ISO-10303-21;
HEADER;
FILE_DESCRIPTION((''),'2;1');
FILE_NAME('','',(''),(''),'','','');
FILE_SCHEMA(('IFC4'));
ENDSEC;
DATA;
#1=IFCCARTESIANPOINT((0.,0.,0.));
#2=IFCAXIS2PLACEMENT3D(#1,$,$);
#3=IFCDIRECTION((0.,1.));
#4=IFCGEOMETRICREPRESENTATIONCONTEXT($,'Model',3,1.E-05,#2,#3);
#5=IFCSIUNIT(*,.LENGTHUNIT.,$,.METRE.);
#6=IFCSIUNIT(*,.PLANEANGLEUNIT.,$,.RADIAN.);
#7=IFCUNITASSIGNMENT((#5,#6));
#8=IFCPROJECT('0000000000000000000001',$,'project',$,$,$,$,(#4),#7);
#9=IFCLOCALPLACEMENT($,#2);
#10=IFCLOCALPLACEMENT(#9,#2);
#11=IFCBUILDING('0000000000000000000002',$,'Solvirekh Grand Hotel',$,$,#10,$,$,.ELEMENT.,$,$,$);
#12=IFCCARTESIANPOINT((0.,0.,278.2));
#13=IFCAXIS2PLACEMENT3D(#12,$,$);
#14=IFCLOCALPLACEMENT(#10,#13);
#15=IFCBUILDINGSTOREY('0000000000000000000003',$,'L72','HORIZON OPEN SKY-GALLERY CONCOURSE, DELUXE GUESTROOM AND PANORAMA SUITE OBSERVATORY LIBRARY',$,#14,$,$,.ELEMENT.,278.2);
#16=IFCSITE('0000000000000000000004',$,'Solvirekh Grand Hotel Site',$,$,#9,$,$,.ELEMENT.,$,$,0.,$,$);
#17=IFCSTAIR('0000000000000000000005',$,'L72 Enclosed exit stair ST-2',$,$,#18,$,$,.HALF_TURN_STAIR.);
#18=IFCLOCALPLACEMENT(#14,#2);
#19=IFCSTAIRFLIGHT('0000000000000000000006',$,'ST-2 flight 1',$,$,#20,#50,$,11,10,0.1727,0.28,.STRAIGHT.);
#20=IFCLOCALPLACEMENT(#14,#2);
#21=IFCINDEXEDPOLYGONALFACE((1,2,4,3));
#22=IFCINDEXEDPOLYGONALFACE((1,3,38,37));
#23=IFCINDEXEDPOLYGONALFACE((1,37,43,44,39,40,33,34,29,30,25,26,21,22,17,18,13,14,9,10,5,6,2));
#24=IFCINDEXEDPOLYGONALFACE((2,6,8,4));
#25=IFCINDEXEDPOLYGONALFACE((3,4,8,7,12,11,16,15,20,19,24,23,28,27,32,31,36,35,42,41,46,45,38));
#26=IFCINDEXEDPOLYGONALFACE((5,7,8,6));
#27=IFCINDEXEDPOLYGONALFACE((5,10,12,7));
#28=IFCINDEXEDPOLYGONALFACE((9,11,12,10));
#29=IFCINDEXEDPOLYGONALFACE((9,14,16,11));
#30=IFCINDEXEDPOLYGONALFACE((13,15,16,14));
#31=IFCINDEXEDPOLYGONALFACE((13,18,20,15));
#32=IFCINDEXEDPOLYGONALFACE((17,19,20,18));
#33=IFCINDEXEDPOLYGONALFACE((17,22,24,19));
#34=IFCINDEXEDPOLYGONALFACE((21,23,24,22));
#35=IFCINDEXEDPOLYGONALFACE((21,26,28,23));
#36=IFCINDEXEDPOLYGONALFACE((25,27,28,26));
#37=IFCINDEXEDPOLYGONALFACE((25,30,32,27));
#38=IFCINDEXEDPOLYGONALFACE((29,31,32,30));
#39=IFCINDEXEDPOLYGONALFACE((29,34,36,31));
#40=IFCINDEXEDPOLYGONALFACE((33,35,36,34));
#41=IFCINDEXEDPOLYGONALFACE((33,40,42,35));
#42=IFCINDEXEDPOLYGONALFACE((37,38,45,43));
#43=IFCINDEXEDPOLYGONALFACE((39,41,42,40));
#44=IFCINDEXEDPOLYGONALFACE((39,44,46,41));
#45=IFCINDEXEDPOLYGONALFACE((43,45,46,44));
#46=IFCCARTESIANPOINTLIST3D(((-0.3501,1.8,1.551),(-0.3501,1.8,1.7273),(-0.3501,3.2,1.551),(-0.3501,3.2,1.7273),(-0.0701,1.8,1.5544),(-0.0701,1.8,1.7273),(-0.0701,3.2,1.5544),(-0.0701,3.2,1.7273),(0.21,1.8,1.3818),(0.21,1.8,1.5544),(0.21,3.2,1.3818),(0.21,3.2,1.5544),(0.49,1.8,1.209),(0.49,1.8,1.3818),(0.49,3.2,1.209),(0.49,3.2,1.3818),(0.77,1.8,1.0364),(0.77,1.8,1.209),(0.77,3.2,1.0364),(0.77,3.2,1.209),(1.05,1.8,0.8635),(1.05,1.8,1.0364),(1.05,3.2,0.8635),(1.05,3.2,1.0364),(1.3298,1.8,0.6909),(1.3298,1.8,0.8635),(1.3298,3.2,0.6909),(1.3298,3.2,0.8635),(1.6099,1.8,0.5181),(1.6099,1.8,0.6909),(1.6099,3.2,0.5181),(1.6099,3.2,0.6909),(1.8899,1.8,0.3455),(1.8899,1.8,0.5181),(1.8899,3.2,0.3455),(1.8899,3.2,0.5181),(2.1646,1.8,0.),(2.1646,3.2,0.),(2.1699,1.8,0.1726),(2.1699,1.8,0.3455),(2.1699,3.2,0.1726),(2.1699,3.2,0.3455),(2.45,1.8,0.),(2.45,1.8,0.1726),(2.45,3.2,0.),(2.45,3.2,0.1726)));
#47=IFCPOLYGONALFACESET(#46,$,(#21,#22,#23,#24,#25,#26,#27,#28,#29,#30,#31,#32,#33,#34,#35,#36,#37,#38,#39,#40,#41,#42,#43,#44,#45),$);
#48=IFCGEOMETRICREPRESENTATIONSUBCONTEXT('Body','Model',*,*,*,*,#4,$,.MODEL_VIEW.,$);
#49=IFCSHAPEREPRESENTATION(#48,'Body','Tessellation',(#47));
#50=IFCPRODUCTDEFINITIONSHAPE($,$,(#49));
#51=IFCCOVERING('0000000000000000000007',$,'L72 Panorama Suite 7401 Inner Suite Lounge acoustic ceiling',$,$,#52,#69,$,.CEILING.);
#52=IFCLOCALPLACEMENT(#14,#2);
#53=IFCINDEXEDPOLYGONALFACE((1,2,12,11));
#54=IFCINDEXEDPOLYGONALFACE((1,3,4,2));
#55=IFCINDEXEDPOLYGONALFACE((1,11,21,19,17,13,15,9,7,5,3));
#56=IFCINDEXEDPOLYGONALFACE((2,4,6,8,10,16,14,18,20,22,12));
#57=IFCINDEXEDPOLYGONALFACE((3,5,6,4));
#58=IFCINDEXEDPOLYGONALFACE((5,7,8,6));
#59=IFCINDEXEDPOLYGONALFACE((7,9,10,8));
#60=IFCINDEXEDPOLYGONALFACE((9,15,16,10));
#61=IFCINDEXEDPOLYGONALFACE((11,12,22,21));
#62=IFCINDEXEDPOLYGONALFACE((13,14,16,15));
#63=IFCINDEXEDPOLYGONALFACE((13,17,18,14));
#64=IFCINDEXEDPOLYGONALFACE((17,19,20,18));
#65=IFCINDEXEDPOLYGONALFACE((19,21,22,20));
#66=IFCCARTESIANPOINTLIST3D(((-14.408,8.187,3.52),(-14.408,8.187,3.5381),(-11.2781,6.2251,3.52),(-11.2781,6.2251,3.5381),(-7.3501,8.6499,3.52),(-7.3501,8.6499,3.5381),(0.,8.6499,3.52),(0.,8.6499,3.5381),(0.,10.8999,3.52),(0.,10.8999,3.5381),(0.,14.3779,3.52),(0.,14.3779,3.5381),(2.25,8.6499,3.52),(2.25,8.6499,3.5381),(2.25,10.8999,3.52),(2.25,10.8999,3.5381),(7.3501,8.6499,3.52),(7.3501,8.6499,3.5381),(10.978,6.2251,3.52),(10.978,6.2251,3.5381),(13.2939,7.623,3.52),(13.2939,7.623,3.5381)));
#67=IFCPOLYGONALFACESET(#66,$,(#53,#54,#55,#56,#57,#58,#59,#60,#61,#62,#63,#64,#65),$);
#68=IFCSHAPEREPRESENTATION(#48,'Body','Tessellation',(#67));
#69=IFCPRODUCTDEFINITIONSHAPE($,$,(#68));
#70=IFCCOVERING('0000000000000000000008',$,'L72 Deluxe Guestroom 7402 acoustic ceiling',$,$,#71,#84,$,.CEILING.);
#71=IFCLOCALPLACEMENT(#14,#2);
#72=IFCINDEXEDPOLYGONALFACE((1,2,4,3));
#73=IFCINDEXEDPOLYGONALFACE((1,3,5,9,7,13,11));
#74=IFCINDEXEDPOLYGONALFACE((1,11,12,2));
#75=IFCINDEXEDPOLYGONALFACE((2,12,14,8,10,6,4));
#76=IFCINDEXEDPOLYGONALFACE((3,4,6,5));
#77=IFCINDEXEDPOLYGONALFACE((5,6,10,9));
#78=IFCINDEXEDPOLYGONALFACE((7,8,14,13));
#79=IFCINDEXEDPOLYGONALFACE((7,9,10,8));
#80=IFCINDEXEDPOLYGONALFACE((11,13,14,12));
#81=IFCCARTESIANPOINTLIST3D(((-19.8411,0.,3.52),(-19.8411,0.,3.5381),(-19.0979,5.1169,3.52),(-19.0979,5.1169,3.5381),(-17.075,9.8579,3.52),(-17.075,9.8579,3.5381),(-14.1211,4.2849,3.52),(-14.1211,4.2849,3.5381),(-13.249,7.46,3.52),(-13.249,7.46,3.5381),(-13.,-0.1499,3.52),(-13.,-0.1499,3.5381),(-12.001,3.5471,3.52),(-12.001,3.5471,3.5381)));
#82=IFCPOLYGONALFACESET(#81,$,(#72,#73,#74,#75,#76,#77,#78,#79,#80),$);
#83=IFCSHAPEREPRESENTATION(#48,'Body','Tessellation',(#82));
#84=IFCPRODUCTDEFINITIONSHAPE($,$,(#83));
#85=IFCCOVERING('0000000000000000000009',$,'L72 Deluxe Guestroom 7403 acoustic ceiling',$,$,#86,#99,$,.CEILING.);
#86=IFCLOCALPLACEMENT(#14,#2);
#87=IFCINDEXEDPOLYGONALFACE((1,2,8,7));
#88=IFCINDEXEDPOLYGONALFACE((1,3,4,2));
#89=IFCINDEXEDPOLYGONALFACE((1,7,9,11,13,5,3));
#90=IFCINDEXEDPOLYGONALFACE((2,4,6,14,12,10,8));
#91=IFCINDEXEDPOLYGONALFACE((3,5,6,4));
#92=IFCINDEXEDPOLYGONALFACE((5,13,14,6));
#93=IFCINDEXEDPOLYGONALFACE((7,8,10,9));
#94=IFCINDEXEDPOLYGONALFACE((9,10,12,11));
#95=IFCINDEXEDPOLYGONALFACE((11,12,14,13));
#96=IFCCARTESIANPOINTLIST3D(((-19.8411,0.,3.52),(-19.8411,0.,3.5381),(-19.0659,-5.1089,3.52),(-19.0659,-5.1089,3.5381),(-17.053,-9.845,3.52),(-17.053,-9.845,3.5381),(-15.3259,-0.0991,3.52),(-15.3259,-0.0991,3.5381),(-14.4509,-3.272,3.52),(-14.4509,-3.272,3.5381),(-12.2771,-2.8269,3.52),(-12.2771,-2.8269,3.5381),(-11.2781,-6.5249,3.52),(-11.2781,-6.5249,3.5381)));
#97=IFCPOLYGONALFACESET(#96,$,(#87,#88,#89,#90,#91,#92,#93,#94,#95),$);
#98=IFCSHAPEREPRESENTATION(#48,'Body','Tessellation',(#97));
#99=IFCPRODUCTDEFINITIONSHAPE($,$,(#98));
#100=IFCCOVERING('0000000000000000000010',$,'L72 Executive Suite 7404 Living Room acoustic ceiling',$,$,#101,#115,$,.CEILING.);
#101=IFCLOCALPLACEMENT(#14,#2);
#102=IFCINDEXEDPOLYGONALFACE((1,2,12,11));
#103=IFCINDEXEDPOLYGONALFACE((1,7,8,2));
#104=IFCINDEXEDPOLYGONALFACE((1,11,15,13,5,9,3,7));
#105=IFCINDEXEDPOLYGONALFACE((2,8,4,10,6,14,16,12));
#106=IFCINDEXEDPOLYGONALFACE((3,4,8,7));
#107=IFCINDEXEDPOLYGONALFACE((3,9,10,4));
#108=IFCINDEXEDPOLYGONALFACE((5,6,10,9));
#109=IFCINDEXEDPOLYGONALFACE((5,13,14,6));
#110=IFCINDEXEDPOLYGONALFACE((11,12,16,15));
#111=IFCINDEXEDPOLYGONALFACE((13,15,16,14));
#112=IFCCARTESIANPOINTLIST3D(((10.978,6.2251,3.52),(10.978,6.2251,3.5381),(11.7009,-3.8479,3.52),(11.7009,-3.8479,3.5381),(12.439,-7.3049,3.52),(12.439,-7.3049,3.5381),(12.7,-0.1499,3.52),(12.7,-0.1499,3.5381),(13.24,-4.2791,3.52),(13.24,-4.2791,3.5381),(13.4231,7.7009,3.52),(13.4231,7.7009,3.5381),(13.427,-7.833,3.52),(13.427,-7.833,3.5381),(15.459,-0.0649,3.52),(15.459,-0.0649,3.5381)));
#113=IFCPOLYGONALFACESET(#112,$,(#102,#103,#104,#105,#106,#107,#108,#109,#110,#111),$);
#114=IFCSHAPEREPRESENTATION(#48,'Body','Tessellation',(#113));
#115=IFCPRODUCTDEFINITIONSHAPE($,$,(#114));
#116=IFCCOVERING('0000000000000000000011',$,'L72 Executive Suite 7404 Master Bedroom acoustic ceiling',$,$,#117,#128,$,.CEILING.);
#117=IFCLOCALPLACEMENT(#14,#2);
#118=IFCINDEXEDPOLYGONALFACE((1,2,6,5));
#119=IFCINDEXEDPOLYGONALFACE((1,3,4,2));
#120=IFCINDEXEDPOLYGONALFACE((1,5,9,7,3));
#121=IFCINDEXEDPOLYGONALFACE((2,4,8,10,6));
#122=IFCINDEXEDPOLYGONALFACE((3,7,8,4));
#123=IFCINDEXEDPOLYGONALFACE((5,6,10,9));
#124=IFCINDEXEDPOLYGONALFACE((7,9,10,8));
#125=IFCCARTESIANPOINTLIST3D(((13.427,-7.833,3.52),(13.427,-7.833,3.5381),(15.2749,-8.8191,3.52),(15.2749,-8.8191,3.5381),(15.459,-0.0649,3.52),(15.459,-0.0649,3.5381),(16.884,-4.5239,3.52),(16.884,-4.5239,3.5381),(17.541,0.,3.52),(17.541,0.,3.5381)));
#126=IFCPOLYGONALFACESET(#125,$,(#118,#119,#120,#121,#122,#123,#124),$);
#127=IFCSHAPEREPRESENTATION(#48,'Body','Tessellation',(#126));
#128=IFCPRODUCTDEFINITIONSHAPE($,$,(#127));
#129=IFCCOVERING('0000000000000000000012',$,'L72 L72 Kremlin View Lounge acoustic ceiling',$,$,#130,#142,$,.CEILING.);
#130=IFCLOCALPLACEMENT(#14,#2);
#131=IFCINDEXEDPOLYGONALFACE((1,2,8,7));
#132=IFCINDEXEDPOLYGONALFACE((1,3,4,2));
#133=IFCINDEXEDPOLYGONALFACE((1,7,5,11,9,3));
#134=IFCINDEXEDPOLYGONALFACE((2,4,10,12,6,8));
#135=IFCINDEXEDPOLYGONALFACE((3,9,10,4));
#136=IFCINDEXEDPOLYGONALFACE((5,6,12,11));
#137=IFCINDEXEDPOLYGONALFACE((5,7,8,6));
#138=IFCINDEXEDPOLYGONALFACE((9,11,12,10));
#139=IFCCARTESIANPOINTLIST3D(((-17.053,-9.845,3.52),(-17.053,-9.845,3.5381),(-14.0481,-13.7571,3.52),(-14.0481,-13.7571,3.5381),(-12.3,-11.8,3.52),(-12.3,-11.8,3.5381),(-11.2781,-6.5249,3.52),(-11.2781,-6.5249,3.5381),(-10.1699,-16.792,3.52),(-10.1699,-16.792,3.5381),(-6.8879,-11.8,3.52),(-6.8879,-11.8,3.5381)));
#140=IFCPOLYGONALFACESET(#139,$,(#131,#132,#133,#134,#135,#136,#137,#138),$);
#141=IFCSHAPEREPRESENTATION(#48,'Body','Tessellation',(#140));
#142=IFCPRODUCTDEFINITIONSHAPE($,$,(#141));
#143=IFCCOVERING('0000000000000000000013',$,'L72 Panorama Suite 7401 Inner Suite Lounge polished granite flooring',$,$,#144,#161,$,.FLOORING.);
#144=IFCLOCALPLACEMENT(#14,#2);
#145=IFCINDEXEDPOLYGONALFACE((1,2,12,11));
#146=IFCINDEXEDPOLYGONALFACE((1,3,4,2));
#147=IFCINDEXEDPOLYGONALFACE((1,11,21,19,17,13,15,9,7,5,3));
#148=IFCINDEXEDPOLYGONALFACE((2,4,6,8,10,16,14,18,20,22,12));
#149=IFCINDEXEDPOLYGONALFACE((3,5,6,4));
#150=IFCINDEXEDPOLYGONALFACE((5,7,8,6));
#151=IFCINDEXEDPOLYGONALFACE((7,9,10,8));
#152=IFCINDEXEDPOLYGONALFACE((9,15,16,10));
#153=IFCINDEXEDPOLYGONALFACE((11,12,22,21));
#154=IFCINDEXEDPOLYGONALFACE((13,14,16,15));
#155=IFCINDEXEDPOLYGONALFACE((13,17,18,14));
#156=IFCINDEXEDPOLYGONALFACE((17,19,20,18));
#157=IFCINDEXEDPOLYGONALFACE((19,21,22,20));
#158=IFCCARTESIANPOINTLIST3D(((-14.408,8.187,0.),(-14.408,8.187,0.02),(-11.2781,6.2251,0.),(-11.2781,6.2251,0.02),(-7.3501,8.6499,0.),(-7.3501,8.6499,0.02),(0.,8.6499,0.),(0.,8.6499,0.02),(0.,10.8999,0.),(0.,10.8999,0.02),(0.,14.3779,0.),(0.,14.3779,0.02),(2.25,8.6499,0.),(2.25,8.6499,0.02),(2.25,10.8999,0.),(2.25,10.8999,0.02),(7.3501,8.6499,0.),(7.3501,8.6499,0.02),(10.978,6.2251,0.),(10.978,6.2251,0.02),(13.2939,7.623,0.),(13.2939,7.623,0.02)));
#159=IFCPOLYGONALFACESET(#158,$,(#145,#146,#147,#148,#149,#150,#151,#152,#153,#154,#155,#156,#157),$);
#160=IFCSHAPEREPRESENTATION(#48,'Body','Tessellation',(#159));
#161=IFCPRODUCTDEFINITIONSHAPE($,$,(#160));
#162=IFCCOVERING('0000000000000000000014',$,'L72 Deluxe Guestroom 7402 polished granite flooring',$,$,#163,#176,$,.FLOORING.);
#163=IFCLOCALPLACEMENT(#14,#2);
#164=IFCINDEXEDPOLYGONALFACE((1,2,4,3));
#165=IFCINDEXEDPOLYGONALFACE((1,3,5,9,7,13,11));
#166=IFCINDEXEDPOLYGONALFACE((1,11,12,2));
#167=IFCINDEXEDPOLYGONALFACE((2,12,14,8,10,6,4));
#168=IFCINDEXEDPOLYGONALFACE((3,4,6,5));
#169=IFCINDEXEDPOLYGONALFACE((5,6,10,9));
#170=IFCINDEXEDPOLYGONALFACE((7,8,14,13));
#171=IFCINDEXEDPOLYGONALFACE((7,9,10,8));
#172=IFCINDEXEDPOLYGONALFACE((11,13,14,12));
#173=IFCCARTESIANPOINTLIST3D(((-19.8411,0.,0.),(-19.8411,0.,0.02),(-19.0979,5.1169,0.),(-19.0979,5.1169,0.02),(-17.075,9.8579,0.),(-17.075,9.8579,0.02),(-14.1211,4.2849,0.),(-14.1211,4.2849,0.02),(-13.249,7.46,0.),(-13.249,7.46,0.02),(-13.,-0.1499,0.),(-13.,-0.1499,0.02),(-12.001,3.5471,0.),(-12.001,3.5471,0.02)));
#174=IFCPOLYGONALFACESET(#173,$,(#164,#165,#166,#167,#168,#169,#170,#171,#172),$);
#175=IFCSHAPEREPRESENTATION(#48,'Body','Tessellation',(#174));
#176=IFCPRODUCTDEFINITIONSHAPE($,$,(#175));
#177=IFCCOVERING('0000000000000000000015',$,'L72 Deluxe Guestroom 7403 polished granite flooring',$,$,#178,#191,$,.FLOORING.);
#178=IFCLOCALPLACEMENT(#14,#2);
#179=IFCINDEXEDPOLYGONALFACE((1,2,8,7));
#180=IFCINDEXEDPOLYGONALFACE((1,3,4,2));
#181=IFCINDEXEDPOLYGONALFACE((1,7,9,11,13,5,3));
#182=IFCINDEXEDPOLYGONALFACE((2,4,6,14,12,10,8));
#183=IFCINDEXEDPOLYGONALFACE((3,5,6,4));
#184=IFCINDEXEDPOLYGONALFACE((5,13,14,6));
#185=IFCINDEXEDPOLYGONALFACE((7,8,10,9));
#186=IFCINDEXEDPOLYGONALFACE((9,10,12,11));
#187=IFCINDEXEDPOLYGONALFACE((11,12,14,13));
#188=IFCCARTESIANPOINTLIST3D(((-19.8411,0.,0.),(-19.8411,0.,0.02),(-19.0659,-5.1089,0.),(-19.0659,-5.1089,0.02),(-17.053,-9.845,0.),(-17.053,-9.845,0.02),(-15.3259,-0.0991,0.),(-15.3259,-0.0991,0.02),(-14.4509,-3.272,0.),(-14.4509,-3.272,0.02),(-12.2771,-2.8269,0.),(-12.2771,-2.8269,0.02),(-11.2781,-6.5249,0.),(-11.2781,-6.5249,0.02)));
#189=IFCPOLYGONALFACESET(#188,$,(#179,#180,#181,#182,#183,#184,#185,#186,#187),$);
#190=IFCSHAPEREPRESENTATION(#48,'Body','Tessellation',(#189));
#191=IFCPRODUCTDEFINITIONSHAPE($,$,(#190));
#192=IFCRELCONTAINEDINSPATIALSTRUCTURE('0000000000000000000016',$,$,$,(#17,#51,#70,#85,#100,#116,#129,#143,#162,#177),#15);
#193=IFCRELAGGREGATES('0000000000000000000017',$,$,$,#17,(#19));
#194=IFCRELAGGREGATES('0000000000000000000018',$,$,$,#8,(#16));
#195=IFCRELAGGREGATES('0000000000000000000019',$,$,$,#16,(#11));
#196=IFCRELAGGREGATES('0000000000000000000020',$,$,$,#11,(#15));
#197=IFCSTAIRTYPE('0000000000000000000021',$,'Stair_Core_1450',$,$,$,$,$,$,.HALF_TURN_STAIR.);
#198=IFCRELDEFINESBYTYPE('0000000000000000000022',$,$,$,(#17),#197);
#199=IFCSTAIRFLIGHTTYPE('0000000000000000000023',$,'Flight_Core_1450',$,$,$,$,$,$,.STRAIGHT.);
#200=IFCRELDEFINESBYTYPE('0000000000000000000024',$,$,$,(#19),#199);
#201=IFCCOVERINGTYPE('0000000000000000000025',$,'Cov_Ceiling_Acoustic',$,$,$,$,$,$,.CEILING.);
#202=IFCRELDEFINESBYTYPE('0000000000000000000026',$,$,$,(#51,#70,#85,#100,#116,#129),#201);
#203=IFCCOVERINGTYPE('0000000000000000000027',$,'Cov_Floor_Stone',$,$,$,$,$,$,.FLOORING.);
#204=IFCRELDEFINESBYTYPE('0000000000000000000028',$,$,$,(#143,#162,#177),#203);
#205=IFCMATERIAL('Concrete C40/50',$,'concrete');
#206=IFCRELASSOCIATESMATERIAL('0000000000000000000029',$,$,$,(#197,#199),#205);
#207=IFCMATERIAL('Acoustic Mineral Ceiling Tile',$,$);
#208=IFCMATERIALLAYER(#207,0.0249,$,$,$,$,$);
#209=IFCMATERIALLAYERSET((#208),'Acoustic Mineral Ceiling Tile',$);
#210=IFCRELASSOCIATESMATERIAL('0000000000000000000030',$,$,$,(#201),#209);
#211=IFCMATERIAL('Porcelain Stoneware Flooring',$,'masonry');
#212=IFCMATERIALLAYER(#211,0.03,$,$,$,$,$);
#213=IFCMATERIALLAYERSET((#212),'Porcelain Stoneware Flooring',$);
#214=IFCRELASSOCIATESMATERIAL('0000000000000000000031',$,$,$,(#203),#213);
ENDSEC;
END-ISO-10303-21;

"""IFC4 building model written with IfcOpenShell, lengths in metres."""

from ifc_helpers import new_model, si_unit, direction, frame, origin, place, context, subcontext, project, spatial, polyline, outline, extrude, material, layer, layer_set, type_object, element, aggregate, save


model = new_model("IFC4")

# Units and contexts
model_context = context("Model", 3, precision=1e-05, world=origin(), true_north=direction((0.0, 1.0)))
body_context = subcontext(model_context, "Body", "Model", "MODEL_VIEW")
ifc_project = project(units=[si_unit("LENGTHUNIT", "METRE"), si_unit("PLANEANGLEUNIT", "RADIAN")], contexts=[model_context])

# Site, building, storey
site_placement = place(None, origin())
site = spatial("IfcSite", under=ifc_project, at=site_placement, Name="Solvirekh Grand Hotel Site", CompositionType="ELEMENT", RefElevation=0.0)
building_placement = place(site_placement, origin())
building = spatial("IfcBuilding", under=site, at=building_placement, Name="Solvirekh Grand Hotel", CompositionType="ELEMENT")
storey_placement = place(building_placement, frame((0.0, 0.0, 278.2)))
storey = spatial("IfcBuildingStorey", under=building, at=storey_placement, Name="L72", Description="HORIZON OPEN SKY-GALLERY CONCOURSE, DELUXE GUESTROOM AND PANORAMA SUITE OBSERVATORY LIBRARY", CompositionType="ELEMENT", Elevation=278.2)

# Stair
ifc_material_1 = material(Name="Concrete C40/50", Category="concrete")
stair_type = type_object("IfcStairType", Name="Stair_Core_1450", PredefinedType="HALF_TURN_STAIR", material=ifc_material_1)
stair_placement = place(storey_placement, origin())
stair = element("IfcStair", 1, at=stair_placement, inside=storey, type_object=stair_type, Name="L72 Enclosed exit stair ST-2", PredefinedType="HALF_TURN_STAIR")

# Stair flight
stair_flight_type = type_object("IfcStairFlightType", Name="Flight_Core_1450", PredefinedType="STRAIGHT", material=ifc_material_1)
stair_flight_placement = place(storey_placement, frame((2.45, 2.5, 0.0), z_axis=(0.0, 0.0, 1.0), x_axis=(-1.0, 0.0, 0.0)))
stair_flight = element("IfcStairFlight", 2, at=stair_flight_placement, type_object=stair_flight_type, Name="ST-2 flight 1", NumberOfRisers=11, NumberOfTreads=10, PredefinedType="STRAIGHT", RiserHeight=0.1727, TreadLength=0.28, context=body_context, shape_type="SweptSolid", body=[
    extrude(outline(polyline([(0.0, 0.0), (0.0, 0.1726), (0.28, 0.1726), (0.28, 0.3455), (0.5601, 0.3455), (0.5601, 0.5181), (0.8401, 0.5181), (0.8401, 0.6909), (1.1201, 0.6909), (1.1201, 0.8635), (1.3999, 0.8635), (1.3999, 1.0364), (1.6799, 1.0364), (1.6799, 1.209), (1.96, 1.209), (1.96, 1.3818), (2.24, 1.3818), (2.24, 1.5544), (2.52, 1.5544), (2.52, 1.7273), (2.8, 1.7273), (2.8, 1.8999), (2.8, 1.551), (0.2854, 0.0), (0.0, 0.0)])), frame((0.0, 0.7, 0.0), z_axis=(0.0, -1.0, 0.0), x_axis=(1.0, 0.0, 0.0)), (0.0, 0.0, 1.0), 1.3999),
])
aggregate(stair, [stair_flight])

# Coverings
ifc_material_2 = material(Name="Acoustic Mineral Ceiling Tile")
ifc_layer_1 = layer(ifc_material_2, 0.0249)
ifc_layer_set_1 = layer_set([ifc_layer_1], Name="Acoustic Mineral Ceiling Tile")
covering_type_1 = type_object("IfcCoveringType", Name="Cov_Ceiling_Acoustic", PredefinedType="CEILING", material=ifc_layer_set_1)
covering_1_placement = place(storey_placement, frame((0.0, 0.0, 3.52)))
element("IfcCovering", 3, at=covering_1_placement, inside=storey, type_object=covering_type_1, Name="L72 Panorama Suite 7401 Inner Suite Lounge acoustic ceiling", PredefinedType="CEILING", context=body_context, shape_type="SweptSolid", body=[
    extrude(outline(polyline([(0.0, 8.6499), (0.0, 10.8999), (2.25, 10.8999), (2.25, 8.6499), (7.3501, 8.6499), (10.978, 6.2251), (13.2939, 7.623), (0.0, 14.3779), (-14.408, 8.187), (-11.2781, 6.2251), (-7.3501, 8.6499), (0.0, 8.6499)])), origin(), (0.0, 0.0, 1.0), 0.0181),
])
covering_2_placement = place(storey_placement, frame((0.0, 0.0, 3.52)))
element("IfcCovering", 4, at=covering_2_placement, inside=storey, type_object=covering_type_1, Name="L72 Deluxe Guestroom 7402 acoustic ceiling", PredefinedType="CEILING", context=body_context, shape_type="SweptSolid", body=[
    extrude(outline(polyline([(-14.1211, 4.2849), (-13.249, 7.46), (-17.075, 9.8579), (-19.0979, 5.1169), (-19.8411, 0.0), (-13.0, -0.1499), (-12.001, 3.5471), (-14.1211, 4.2849)])), origin(), (0.0, 0.0, 1.0), 0.0181),
])
covering_3_placement = place(storey_placement, frame((0.0, 0.0, 3.52)))
element("IfcCovering", 5, at=covering_3_placement, inside=storey, type_object=covering_type_1, Name="L72 Deluxe Guestroom 7403 acoustic ceiling", PredefinedType="CEILING", context=body_context, shape_type="SweptSolid", body=[
    extrude(outline(polyline([(-14.4509, -3.272), (-15.3259, -0.0991), (-19.8411, 0.0), (-19.0659, -5.1089), (-17.053, -9.845), (-11.2781, -6.5249), (-12.2771, -2.8269), (-14.4509, -3.272)])), origin(), (0.0, 0.0, 1.0), 0.0181),
])
covering_4_placement = place(storey_placement, frame((0.0, 0.0, 3.52)))
element("IfcCovering", 6, at=covering_4_placement, inside=storey, type_object=covering_type_1, Name="L72 Executive Suite 7404 Living Room acoustic ceiling", PredefinedType="CEILING", context=body_context, shape_type="SweptSolid", body=[
    extrude(outline(polyline([(13.24, -4.2791), (12.439, -7.3049), (13.427, -7.833), (15.459, -0.0649), (13.4231, 7.7009), (10.978, 6.2251), (12.7, -0.1499), (11.7009, -3.8479), (13.24, -4.2791)])), origin(), (0.0, 0.0, 1.0), 0.0181),
])
covering_5_placement = place(storey_placement, frame((0.0, 0.0, 3.52)))
element("IfcCovering", 7, at=covering_5_placement, inside=storey, type_object=covering_type_1, Name="L72 Executive Suite 7404 Master Bedroom acoustic ceiling", PredefinedType="CEILING", context=body_context, shape_type="SweptSolid", body=[
    extrude(outline(polyline([(15.2749, -8.8191), (16.884, -4.5239), (17.541, 0.0), (15.459, -0.0649), (13.427, -7.833), (15.2749, -8.8191)])), origin(), (0.0, 0.0, 1.0), 0.0181),
])
covering_6_placement = place(storey_placement, frame((0.0, 0.0, 3.52)))
element("IfcCovering", 8, at=covering_6_placement, inside=storey, type_object=covering_type_1, Name="L72 L72 Kremlin View Lounge acoustic ceiling", PredefinedType="CEILING", context=body_context, shape_type="SweptSolid", body=[
    extrude(outline(polyline([(-17.053, -9.845), (-14.0481, -13.7571), (-10.1699, -16.792), (-6.8879, -11.8), (-12.3, -11.8), (-11.2781, -6.5249), (-17.053, -9.845)])), origin(), (0.0, 0.0, 1.0), 0.0181),
])
ifc_material_3 = material(Name="Porcelain Stoneware Flooring", Category="masonry")
ifc_layer_2 = layer(ifc_material_3, 0.03)
ifc_layer_set_2 = layer_set([ifc_layer_2], Name="Porcelain Stoneware Flooring")
covering_type_2 = type_object("IfcCoveringType", Name="Cov_Floor_Stone", PredefinedType="FLOORING", material=ifc_layer_set_2)
covering_7_placement = place(storey_placement, origin())
element("IfcCovering", 9, at=covering_7_placement, inside=storey, type_object=covering_type_2, Name="L72 Panorama Suite 7401 Inner Suite Lounge polished granite flooring", PredefinedType="FLOORING", context=body_context, shape_type="SweptSolid", body=[
    extrude(outline(polyline([(0.0, 8.6499), (0.0, 10.8999), (2.25, 10.8999), (2.25, 8.6499), (7.3501, 8.6499), (10.978, 6.2251), (13.2939, 7.623), (0.0, 14.3779), (-14.408, 8.187), (-11.2781, 6.2251), (-7.3501, 8.6499), (0.0, 8.6499)])), origin(), (0.0, 0.0, 1.0), 0.02),
])
covering_8_placement = place(storey_placement, origin())
element("IfcCovering", 10, at=covering_8_placement, inside=storey, type_object=covering_type_2, Name="L72 Deluxe Guestroom 7402 polished granite flooring", PredefinedType="FLOORING", context=body_context, shape_type="SweptSolid", body=[
    extrude(outline(polyline([(-14.1211, 4.2849), (-13.249, 7.46), (-17.075, 9.8579), (-19.0979, 5.1169), (-19.8411, 0.0), (-13.0, -0.1499), (-12.001, 3.5471), (-14.1211, 4.2849)])), origin(), (0.0, 0.0, 1.0), 0.02),
])
covering_9_placement = place(storey_placement, origin())
element("IfcCovering", 11, at=covering_9_placement, inside=storey, type_object=covering_type_2, Name="L72 Deluxe Guestroom 7403 polished granite flooring", PredefinedType="FLOORING", context=body_context, shape_type="SweptSolid", body=[
    extrude(outline(polyline([(-14.4509, -3.272), (-15.3259, -0.0991), (-19.8411, 0.0), (-19.0659, -5.1089), (-17.053, -9.845), (-11.2781, -6.5249), (-12.2771, -2.8269), (-14.4509, -3.272)])), origin(), (0.0, 0.0, 1.0), 0.02),
])

save(model, "model.ifc")
